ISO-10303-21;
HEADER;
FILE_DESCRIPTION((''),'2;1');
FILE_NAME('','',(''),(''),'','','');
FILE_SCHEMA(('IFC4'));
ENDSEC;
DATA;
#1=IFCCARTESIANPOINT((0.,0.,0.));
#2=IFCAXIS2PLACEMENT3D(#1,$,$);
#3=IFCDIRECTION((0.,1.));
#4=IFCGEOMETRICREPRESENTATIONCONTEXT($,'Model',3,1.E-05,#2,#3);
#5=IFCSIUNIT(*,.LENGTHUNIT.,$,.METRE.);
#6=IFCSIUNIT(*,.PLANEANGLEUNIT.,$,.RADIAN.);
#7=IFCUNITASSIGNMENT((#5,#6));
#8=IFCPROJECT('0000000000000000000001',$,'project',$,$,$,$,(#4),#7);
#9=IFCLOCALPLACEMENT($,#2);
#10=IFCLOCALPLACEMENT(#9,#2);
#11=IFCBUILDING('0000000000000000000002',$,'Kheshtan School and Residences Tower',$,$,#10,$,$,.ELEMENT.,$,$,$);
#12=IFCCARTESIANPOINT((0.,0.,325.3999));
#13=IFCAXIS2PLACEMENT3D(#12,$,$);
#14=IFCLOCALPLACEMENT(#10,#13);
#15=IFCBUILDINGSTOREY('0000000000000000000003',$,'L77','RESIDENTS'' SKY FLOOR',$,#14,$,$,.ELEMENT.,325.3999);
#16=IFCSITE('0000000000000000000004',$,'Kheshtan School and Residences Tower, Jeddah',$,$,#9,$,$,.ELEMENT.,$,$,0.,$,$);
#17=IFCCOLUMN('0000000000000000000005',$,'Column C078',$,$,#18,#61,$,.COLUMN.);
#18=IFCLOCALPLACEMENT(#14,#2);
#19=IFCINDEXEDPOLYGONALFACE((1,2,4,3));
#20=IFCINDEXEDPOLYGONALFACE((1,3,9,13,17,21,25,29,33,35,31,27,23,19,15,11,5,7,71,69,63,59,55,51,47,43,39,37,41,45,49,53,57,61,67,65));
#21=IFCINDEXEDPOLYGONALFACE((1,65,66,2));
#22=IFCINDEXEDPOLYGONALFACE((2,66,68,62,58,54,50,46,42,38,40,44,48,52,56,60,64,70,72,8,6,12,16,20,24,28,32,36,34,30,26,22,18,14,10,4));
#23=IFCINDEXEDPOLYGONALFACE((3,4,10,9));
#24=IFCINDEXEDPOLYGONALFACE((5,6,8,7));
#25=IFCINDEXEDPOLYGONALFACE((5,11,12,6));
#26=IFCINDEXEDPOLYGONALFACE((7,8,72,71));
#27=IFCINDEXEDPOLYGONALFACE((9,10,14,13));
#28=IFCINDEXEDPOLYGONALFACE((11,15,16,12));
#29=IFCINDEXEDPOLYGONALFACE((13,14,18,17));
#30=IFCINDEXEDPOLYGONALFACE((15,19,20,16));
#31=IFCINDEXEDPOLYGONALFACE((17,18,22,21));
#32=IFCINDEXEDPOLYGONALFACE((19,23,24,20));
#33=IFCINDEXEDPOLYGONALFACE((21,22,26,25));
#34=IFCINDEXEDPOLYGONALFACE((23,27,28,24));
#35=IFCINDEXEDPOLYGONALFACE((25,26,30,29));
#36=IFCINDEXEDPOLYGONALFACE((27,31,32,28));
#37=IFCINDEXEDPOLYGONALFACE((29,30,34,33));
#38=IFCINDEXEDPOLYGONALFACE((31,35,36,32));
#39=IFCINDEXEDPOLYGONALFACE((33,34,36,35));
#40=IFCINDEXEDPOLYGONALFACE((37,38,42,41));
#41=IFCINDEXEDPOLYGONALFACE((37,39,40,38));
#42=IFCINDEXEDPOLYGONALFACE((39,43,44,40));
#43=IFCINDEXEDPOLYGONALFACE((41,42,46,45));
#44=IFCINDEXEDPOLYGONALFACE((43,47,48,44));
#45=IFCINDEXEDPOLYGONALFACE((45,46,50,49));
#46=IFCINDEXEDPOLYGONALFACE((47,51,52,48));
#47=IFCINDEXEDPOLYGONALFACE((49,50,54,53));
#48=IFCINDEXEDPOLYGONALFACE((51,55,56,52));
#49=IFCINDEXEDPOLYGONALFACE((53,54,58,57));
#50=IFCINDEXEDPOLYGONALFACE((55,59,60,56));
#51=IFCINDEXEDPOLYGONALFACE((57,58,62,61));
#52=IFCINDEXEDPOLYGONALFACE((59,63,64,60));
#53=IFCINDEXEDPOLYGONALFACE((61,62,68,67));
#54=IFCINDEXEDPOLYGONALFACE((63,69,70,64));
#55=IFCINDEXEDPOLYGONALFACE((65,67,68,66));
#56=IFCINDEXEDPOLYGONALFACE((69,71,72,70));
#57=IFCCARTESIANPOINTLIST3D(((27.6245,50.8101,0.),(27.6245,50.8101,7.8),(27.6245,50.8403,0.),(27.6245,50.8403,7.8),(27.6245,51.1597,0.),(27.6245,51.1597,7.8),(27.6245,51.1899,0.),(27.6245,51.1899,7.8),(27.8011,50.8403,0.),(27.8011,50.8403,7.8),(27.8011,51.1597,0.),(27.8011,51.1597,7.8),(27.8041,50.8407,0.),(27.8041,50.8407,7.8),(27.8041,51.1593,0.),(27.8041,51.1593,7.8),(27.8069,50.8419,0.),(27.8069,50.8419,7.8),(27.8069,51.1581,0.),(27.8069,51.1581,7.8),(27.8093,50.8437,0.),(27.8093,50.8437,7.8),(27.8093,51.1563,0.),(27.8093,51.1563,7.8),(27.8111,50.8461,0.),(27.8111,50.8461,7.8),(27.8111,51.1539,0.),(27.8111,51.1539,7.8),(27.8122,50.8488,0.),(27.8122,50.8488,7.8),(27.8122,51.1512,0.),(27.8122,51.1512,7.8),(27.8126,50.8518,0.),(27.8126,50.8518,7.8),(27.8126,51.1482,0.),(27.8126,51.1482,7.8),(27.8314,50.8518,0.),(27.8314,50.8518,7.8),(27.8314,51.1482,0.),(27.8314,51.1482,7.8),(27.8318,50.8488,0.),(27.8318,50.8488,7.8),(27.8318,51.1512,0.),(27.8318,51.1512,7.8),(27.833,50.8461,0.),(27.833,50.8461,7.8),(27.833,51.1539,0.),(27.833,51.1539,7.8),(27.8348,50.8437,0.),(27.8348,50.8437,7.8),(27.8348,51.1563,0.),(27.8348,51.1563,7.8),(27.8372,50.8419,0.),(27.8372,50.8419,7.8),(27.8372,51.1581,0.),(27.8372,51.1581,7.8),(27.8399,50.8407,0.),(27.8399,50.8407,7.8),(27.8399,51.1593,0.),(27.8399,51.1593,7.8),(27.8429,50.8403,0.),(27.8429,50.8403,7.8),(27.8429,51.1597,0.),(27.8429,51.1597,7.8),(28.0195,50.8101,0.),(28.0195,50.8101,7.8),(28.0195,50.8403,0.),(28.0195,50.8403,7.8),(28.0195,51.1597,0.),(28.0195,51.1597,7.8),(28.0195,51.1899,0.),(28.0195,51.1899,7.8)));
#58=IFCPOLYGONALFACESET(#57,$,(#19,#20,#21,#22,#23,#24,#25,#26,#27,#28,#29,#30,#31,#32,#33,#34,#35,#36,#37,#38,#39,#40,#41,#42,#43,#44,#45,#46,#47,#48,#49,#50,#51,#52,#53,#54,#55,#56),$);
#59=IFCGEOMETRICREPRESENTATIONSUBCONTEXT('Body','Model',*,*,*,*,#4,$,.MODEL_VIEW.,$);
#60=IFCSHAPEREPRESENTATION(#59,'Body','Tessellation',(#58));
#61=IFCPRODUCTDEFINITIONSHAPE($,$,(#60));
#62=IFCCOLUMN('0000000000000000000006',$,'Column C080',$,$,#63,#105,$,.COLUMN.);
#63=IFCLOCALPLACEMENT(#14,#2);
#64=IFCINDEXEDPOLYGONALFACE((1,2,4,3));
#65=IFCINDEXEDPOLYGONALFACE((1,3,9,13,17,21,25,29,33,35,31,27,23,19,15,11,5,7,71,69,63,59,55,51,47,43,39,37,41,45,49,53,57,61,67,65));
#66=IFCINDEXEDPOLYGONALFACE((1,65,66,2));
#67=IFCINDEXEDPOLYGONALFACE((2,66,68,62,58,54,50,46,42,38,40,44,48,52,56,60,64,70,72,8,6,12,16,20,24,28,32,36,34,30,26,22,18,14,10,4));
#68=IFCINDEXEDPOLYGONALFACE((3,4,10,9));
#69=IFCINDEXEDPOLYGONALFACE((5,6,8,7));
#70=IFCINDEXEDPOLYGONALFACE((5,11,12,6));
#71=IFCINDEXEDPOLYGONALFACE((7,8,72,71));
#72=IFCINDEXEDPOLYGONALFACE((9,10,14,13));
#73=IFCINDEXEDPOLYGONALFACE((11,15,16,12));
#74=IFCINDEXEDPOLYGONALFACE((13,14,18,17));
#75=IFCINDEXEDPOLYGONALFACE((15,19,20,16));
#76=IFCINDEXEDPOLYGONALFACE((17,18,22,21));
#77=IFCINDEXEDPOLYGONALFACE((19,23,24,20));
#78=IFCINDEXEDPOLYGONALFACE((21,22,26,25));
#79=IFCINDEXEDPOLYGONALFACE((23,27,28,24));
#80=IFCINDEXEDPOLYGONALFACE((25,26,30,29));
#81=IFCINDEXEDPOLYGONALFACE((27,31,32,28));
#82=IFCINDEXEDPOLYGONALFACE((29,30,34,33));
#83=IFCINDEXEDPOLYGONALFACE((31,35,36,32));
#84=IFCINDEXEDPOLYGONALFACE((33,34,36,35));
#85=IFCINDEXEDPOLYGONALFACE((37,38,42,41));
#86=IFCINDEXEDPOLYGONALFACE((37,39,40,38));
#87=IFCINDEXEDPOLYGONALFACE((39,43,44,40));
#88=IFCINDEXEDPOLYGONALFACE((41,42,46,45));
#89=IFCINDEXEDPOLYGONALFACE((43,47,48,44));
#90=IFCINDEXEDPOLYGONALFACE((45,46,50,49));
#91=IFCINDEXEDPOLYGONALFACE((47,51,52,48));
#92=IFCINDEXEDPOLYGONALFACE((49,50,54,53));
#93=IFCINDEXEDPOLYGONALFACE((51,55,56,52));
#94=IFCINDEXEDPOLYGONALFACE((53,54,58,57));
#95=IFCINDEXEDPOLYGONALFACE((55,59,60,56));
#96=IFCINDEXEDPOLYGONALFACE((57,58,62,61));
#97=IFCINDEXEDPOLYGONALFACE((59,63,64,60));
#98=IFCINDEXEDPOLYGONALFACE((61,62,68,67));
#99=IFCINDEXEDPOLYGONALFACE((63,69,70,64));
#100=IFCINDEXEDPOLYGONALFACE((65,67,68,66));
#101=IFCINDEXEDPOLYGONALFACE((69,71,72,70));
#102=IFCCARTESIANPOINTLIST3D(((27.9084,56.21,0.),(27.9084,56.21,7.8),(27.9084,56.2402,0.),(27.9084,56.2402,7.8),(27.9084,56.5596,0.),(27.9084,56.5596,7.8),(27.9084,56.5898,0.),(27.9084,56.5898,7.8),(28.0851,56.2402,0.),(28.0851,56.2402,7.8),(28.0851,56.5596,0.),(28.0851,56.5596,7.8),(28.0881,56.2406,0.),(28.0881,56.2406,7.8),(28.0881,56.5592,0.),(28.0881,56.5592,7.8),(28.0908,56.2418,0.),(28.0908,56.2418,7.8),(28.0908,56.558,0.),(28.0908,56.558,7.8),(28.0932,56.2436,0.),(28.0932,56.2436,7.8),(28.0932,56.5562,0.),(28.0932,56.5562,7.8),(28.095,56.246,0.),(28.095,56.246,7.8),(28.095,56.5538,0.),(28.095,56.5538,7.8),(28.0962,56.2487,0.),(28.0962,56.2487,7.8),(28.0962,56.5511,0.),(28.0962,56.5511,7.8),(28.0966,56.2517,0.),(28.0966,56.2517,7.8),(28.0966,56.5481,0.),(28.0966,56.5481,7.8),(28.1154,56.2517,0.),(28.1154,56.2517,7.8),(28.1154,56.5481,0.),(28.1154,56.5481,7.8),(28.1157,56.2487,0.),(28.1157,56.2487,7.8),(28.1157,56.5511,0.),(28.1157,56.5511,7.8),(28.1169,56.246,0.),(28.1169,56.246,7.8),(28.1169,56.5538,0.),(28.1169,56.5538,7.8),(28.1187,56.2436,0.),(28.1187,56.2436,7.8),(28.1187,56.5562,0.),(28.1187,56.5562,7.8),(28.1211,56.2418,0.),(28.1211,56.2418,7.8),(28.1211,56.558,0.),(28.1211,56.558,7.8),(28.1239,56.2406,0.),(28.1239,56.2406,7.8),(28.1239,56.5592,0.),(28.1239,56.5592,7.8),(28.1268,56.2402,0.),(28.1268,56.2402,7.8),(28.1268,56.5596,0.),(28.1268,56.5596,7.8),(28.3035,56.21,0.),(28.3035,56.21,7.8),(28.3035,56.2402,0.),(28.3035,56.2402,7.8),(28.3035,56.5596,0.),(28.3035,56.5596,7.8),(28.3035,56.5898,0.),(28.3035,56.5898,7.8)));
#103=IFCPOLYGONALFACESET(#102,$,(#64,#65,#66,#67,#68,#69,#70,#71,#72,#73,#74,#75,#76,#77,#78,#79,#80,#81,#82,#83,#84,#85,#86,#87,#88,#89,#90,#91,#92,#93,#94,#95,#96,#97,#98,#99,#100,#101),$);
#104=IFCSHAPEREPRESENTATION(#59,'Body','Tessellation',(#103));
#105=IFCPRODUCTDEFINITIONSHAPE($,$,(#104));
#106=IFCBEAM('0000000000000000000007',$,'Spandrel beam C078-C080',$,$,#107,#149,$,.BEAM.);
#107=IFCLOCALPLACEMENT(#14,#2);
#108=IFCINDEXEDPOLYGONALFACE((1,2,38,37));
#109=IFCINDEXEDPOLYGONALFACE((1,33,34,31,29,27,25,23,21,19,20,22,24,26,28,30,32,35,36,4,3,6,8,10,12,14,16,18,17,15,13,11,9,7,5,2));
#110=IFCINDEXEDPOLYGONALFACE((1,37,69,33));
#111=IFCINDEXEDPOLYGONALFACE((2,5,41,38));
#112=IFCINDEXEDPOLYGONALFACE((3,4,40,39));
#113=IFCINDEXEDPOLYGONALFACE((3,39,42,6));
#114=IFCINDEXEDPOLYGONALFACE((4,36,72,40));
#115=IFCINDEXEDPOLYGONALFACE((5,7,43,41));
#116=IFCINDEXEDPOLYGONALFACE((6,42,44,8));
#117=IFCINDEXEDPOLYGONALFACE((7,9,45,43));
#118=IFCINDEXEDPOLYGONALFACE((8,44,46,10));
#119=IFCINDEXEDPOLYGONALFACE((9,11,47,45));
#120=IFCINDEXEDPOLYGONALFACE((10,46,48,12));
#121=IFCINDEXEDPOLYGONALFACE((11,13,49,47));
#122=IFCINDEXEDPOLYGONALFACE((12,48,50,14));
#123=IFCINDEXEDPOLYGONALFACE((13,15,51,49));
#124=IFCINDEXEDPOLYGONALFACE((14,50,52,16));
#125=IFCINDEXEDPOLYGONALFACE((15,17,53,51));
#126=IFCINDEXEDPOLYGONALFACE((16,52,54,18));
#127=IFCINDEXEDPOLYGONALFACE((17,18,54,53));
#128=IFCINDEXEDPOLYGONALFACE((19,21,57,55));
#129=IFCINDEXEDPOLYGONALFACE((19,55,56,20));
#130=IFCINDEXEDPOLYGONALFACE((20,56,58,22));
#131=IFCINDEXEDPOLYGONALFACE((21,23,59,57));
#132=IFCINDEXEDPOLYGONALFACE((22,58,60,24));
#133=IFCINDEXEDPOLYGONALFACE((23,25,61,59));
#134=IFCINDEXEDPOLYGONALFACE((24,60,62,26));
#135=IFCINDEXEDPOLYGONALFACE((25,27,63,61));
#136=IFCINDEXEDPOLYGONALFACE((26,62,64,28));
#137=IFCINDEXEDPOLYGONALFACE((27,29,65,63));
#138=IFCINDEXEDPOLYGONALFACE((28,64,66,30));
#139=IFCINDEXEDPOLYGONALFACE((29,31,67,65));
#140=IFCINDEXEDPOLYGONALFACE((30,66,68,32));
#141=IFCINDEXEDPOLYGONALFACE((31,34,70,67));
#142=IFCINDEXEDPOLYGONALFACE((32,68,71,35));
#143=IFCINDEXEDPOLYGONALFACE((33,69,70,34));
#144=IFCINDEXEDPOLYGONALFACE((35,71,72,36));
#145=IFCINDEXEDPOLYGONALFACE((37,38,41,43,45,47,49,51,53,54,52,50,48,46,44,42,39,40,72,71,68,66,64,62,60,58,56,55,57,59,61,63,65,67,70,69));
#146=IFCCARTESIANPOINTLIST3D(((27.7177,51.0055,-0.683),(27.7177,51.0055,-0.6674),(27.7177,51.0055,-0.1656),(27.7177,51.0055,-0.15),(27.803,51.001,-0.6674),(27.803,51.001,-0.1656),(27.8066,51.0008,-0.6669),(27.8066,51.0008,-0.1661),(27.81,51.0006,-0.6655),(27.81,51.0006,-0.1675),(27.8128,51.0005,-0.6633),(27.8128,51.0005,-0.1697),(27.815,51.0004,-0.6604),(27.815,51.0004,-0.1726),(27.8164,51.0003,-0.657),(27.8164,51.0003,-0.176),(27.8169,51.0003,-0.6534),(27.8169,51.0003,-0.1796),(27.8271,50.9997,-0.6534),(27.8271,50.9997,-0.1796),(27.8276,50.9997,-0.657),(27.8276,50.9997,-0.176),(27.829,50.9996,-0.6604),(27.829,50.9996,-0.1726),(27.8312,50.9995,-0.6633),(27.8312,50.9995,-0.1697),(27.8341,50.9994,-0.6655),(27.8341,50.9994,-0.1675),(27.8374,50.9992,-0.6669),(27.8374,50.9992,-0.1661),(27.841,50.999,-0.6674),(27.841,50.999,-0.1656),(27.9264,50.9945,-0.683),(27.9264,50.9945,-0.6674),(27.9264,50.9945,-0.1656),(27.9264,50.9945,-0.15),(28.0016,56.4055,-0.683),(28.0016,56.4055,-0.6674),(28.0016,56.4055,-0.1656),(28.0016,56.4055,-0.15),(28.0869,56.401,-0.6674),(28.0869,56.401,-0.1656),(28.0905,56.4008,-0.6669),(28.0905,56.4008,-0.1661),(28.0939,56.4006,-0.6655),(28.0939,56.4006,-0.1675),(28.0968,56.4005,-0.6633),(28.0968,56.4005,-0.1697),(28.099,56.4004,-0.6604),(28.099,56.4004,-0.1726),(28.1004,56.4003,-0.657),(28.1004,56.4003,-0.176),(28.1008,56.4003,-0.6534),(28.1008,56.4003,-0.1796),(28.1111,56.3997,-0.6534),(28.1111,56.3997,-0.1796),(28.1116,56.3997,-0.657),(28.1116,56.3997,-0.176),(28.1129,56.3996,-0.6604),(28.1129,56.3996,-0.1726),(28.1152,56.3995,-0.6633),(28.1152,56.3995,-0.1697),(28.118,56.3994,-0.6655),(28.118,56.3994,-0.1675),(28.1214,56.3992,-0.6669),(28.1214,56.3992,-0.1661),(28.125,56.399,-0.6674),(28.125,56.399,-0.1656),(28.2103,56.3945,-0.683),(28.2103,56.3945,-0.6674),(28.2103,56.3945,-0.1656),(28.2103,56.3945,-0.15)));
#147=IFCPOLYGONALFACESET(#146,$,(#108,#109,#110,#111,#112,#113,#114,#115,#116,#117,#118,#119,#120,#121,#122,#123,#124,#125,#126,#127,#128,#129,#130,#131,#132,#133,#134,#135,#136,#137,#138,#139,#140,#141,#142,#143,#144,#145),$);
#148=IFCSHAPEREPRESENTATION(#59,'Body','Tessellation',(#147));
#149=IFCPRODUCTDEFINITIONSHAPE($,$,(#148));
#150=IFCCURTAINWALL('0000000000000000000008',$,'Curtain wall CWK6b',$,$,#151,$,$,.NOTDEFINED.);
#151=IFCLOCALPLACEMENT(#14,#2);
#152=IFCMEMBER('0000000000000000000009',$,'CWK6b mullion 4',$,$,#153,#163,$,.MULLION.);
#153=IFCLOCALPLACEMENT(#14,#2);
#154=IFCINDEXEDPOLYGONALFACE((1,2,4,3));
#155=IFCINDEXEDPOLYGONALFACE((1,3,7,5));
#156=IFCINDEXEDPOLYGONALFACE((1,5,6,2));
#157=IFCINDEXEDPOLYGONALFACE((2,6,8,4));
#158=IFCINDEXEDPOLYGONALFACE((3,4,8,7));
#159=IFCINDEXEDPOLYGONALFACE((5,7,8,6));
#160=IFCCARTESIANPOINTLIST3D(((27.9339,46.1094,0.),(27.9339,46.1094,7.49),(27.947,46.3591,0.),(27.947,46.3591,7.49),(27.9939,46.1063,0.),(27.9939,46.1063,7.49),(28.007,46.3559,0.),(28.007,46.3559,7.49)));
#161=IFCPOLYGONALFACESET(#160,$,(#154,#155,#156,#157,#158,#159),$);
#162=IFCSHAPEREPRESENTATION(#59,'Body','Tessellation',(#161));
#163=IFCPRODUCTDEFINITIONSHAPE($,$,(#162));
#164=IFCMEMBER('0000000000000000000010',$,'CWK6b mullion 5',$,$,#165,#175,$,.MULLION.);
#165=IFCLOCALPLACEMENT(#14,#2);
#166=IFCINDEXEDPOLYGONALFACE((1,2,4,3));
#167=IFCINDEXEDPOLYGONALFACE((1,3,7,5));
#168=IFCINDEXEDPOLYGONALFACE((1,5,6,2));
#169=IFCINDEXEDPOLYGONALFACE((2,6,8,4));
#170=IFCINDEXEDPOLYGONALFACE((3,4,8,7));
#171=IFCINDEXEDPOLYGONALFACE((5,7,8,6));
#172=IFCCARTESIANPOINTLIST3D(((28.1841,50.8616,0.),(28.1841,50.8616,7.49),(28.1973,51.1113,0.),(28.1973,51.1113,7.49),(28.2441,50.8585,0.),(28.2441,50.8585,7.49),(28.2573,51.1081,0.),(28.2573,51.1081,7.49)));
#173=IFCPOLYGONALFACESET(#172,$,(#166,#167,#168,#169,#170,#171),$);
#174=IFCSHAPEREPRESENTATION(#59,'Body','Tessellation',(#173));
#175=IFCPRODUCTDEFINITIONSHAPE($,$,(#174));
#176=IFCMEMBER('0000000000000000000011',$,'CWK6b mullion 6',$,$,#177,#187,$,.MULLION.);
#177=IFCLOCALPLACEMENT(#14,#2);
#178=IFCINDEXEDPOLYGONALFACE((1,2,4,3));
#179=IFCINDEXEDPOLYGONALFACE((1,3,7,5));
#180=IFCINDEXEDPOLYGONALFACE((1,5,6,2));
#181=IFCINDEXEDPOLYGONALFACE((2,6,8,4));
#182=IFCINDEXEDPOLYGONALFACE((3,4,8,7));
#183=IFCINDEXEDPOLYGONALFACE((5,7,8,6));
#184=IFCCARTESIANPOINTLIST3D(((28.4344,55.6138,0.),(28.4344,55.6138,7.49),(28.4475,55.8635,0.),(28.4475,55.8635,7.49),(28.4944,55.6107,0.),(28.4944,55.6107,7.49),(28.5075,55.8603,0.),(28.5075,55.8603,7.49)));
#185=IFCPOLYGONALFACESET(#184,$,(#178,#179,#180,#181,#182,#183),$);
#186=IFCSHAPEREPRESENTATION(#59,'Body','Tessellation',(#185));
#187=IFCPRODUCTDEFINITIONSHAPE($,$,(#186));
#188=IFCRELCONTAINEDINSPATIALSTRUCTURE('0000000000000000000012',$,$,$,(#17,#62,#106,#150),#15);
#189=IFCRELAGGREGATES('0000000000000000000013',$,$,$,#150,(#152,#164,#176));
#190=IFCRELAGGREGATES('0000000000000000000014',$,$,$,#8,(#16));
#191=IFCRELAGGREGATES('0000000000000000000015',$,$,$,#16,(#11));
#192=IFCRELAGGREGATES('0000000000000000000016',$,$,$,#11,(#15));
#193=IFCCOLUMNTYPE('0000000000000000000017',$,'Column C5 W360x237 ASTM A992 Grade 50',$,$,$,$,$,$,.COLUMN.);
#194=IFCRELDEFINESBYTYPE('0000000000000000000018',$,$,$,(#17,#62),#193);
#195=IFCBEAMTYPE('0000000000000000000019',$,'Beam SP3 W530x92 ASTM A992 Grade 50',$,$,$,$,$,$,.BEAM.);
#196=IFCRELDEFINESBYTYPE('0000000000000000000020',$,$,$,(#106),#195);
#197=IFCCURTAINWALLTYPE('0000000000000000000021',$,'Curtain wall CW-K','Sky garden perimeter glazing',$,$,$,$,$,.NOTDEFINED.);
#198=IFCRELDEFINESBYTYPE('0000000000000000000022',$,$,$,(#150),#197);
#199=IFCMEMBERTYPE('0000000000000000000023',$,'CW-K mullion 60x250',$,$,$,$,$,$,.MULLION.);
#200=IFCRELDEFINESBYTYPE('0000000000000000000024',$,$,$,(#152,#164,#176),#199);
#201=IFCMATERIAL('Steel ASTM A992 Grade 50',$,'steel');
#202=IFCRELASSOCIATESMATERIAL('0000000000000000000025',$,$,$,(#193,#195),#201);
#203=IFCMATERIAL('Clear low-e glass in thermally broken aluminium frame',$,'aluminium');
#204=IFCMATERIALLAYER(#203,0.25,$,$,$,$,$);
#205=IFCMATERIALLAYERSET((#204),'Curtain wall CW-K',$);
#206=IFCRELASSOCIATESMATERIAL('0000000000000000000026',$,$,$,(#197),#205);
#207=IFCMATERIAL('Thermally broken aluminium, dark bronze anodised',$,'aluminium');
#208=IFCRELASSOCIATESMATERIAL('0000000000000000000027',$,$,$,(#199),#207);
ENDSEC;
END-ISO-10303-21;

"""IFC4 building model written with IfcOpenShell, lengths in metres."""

from ifc_helpers import new_model, si_unit, direction, frame, origin, origin_2d, place, context, subcontext, project, spatial, rectangle, i_section, extrude, material, layer, layer_set, material_profile, profile_set, type_object, element, aggregate, save


model = new_model("IFC4")

# Units and contexts
model_context = context("Model", 3, precision=1e-05, world=origin(), true_north=direction((0.0, 1.0)))
body_context = subcontext(model_context, "Body", "Model", "MODEL_VIEW")
ifc_project = project(units=[si_unit("LENGTHUNIT", "METRE"), si_unit("PLANEANGLEUNIT", "RADIAN")], contexts=[model_context])

# Site, building, storey
site_placement = place(None, origin())
site = spatial("IfcSite", under=ifc_project, at=site_placement, Name="Kheshtan School and Residences Tower, Jeddah", CompositionType="ELEMENT", RefElevation=0.0)
building_placement = place(site_placement, origin())
building = spatial("IfcBuilding", under=site, at=building_placement, Name="Kheshtan School and Residences Tower", CompositionType="ELEMENT")
storey_placement = place(building_placement, frame((0.0, 0.0, 325.3999)))
storey = spatial("IfcBuildingStorey", under=building, at=storey_placement, Name="L77", Description="RESIDENTS' SKY FLOOR", CompositionType="ELEMENT", Elevation=325.3999)

# Columns
ifc_material_1 = material(Name="Steel ASTM A992 Grade 50", Category="steel")
ifc_material_profile_1 = material_profile(ifc_material_1, i_section(OverallWidth=0.395, OverallDepth=0.3799, WebThickness=0.0188, FlangeThickness=0.0303, FilletRadius=0.0115, at=origin_2d()), Name="W360x237")
ifc_profile_set_1 = profile_set([ifc_material_profile_1], Name="Steel ASTM A992 Grade 50")
column_type = type_object("IfcColumnType", Name="Column C5 W360x237 ASTM A992 Grade 50", PredefinedType="COLUMN", material=ifc_profile_set_1)
for number, where, z_axis, x_axis, name in (
    (1, (27.822, 51.0, 0.0), (0.0, 0.0, 1.0), (1.0, 0.0, 0.0), "Column C078"),
    (2, (28.106, 56.3999, 0.0), (0.0, 0.0, 1.0), (1.0, 0.0, 0.0), "Column C080"),
):
    element("IfcColumn", number, at=place(storey_placement, frame(where, z_axis=z_axis, x_axis=x_axis)), inside=storey, type_object=column_type, Name=name, PredefinedType="COLUMN", context=body_context, shape_type="SweptSolid", body=[
        extrude(i_section(OverallWidth=0.395, OverallDepth=0.3799, WebThickness=0.0188, FlangeThickness=0.0303, FilletRadius=0.0115, at=origin_2d()), origin(), (0.0, 0.0, 1.0), 7.8),
    ])

# Beam
ifc_material_profile_2 = material_profile(ifc_material_1, i_section(OverallWidth=0.209, OverallDepth=0.533, WebThickness=0.0103, FlangeThickness=0.0156, FilletRadius=0.0139, at=origin_2d()), Name="W530x92")
ifc_profile_set_2 = profile_set([ifc_material_profile_2], Name="Steel ASTM A992 Grade 50")
beam_type = type_object("IfcBeamType", Name="Beam SP3 W530x92 ASTM A992 Grade 50", PredefinedType="BEAM", material=ifc_profile_set_2)
beam_placement = place(storey_placement, frame((27.822, 51.0, -0.4165), z_axis=(0.052509, 0.99862, 0.0), x_axis=(-0.99862, 0.052509, 0.0)))
element("IfcBeam", 3, at=beam_placement, inside=storey, type_object=beam_type, Name="Spandrel beam C078-C080", PredefinedType="BEAM", context=body_context, shape_type="SweptSolid", body=[
    extrude(i_section(OverallWidth=0.209, OverallDepth=0.533, WebThickness=0.0103, FlangeThickness=0.0156, FilletRadius=0.0139, at=origin_2d()), origin(), (0.0, 0.0, 1.0), 5.4075),
])

# Curtain wall, members
ifc_material_2 = material(Name="Clear low-e glass in thermally broken aluminium frame", Category="aluminium")
ifc_layer_1 = layer(ifc_material_2, 0.25)
ifc_layer_set_1 = layer_set([ifc_layer_1], Name="Curtain wall CW-K")
curtain_wall_type = type_object("IfcCurtainWallType", Name="Curtain wall CW-K", Description="Sky garden perimeter glazing", PredefinedType="NOTDEFINED", material=ifc_layer_set_1)
curtain_wall_placement = place(storey_placement, origin())
curtain_wall = element("IfcCurtainWall", 4, at=curtain_wall_placement, inside=storey, type_object=curtain_wall_type, Name="Curtain wall CWK6b", PredefinedType="NOTDEFINED")
ifc_material_3 = material(Name="Thermally broken aluminium, dark bronze anodised", Category="aluminium")
ifc_material_profile_3 = material_profile(ifc_material_3, rectangle(XDim=0.0601, YDim=0.25, at=origin_2d()), Name="CW-K mullion 60x250")
ifc_profile_set_3 = profile_set([ifc_material_profile_3], Name="Thermally broken aluminium, dark bronze anodised")
member_type = type_object("IfcMemberType", Name="CW-K mullion 60x250", PredefinedType="MULLION", material=ifc_profile_set_3)
member_1_placement = place(storey_placement, frame((27.9705, 46.2327, 0.0), z_axis=(0.0, 0.0, 1.0), x_axis=(-0.998617, 0.052565, 0.0)))
member_1 = element("IfcMember", 5, at=member_1_placement, type_object=member_type, Name="CWK6b mullion 4", PredefinedType="MULLION", context=body_context, shape_type="SweptSolid", body=[
    extrude(rectangle(XDim=0.0601, YDim=0.25, at=origin_2d()), origin(), (0.0, 0.0, 1.0), 7.49),
])
member_2_placement = place(storey_placement, frame((28.2207, 50.9849, 0.0), z_axis=(0.0, 0.0, 1.0), x_axis=(-0.998617, 0.052565, 0.0)))
member_2 = element("IfcMember", 6, at=member_2_placement, type_object=member_type, Name="CWK6b mullion 5", PredefinedType="MULLION", context=body_context, shape_type="SweptSolid", body=[
    extrude(rectangle(XDim=0.0601, YDim=0.25, at=origin_2d()), origin(), (0.0, 0.0, 1.0), 7.49),
])
member_3_placement = place(storey_placement, frame((28.4709, 55.7371, 0.0), z_axis=(0.0, 0.0, 1.0), x_axis=(-0.998617, 0.052565, 0.0)))
member_3 = element("IfcMember", 7, at=member_3_placement, type_object=member_type, Name="CWK6b mullion 6", PredefinedType="MULLION", context=body_context, shape_type="SweptSolid", body=[
    extrude(rectangle(XDim=0.0601, YDim=0.25, at=origin_2d()), origin(), (0.0, 0.0, 1.0), 7.49),
])
aggregate(curtain_wall, [member_1, member_2, member_3])

save(model, "model.ifc")
